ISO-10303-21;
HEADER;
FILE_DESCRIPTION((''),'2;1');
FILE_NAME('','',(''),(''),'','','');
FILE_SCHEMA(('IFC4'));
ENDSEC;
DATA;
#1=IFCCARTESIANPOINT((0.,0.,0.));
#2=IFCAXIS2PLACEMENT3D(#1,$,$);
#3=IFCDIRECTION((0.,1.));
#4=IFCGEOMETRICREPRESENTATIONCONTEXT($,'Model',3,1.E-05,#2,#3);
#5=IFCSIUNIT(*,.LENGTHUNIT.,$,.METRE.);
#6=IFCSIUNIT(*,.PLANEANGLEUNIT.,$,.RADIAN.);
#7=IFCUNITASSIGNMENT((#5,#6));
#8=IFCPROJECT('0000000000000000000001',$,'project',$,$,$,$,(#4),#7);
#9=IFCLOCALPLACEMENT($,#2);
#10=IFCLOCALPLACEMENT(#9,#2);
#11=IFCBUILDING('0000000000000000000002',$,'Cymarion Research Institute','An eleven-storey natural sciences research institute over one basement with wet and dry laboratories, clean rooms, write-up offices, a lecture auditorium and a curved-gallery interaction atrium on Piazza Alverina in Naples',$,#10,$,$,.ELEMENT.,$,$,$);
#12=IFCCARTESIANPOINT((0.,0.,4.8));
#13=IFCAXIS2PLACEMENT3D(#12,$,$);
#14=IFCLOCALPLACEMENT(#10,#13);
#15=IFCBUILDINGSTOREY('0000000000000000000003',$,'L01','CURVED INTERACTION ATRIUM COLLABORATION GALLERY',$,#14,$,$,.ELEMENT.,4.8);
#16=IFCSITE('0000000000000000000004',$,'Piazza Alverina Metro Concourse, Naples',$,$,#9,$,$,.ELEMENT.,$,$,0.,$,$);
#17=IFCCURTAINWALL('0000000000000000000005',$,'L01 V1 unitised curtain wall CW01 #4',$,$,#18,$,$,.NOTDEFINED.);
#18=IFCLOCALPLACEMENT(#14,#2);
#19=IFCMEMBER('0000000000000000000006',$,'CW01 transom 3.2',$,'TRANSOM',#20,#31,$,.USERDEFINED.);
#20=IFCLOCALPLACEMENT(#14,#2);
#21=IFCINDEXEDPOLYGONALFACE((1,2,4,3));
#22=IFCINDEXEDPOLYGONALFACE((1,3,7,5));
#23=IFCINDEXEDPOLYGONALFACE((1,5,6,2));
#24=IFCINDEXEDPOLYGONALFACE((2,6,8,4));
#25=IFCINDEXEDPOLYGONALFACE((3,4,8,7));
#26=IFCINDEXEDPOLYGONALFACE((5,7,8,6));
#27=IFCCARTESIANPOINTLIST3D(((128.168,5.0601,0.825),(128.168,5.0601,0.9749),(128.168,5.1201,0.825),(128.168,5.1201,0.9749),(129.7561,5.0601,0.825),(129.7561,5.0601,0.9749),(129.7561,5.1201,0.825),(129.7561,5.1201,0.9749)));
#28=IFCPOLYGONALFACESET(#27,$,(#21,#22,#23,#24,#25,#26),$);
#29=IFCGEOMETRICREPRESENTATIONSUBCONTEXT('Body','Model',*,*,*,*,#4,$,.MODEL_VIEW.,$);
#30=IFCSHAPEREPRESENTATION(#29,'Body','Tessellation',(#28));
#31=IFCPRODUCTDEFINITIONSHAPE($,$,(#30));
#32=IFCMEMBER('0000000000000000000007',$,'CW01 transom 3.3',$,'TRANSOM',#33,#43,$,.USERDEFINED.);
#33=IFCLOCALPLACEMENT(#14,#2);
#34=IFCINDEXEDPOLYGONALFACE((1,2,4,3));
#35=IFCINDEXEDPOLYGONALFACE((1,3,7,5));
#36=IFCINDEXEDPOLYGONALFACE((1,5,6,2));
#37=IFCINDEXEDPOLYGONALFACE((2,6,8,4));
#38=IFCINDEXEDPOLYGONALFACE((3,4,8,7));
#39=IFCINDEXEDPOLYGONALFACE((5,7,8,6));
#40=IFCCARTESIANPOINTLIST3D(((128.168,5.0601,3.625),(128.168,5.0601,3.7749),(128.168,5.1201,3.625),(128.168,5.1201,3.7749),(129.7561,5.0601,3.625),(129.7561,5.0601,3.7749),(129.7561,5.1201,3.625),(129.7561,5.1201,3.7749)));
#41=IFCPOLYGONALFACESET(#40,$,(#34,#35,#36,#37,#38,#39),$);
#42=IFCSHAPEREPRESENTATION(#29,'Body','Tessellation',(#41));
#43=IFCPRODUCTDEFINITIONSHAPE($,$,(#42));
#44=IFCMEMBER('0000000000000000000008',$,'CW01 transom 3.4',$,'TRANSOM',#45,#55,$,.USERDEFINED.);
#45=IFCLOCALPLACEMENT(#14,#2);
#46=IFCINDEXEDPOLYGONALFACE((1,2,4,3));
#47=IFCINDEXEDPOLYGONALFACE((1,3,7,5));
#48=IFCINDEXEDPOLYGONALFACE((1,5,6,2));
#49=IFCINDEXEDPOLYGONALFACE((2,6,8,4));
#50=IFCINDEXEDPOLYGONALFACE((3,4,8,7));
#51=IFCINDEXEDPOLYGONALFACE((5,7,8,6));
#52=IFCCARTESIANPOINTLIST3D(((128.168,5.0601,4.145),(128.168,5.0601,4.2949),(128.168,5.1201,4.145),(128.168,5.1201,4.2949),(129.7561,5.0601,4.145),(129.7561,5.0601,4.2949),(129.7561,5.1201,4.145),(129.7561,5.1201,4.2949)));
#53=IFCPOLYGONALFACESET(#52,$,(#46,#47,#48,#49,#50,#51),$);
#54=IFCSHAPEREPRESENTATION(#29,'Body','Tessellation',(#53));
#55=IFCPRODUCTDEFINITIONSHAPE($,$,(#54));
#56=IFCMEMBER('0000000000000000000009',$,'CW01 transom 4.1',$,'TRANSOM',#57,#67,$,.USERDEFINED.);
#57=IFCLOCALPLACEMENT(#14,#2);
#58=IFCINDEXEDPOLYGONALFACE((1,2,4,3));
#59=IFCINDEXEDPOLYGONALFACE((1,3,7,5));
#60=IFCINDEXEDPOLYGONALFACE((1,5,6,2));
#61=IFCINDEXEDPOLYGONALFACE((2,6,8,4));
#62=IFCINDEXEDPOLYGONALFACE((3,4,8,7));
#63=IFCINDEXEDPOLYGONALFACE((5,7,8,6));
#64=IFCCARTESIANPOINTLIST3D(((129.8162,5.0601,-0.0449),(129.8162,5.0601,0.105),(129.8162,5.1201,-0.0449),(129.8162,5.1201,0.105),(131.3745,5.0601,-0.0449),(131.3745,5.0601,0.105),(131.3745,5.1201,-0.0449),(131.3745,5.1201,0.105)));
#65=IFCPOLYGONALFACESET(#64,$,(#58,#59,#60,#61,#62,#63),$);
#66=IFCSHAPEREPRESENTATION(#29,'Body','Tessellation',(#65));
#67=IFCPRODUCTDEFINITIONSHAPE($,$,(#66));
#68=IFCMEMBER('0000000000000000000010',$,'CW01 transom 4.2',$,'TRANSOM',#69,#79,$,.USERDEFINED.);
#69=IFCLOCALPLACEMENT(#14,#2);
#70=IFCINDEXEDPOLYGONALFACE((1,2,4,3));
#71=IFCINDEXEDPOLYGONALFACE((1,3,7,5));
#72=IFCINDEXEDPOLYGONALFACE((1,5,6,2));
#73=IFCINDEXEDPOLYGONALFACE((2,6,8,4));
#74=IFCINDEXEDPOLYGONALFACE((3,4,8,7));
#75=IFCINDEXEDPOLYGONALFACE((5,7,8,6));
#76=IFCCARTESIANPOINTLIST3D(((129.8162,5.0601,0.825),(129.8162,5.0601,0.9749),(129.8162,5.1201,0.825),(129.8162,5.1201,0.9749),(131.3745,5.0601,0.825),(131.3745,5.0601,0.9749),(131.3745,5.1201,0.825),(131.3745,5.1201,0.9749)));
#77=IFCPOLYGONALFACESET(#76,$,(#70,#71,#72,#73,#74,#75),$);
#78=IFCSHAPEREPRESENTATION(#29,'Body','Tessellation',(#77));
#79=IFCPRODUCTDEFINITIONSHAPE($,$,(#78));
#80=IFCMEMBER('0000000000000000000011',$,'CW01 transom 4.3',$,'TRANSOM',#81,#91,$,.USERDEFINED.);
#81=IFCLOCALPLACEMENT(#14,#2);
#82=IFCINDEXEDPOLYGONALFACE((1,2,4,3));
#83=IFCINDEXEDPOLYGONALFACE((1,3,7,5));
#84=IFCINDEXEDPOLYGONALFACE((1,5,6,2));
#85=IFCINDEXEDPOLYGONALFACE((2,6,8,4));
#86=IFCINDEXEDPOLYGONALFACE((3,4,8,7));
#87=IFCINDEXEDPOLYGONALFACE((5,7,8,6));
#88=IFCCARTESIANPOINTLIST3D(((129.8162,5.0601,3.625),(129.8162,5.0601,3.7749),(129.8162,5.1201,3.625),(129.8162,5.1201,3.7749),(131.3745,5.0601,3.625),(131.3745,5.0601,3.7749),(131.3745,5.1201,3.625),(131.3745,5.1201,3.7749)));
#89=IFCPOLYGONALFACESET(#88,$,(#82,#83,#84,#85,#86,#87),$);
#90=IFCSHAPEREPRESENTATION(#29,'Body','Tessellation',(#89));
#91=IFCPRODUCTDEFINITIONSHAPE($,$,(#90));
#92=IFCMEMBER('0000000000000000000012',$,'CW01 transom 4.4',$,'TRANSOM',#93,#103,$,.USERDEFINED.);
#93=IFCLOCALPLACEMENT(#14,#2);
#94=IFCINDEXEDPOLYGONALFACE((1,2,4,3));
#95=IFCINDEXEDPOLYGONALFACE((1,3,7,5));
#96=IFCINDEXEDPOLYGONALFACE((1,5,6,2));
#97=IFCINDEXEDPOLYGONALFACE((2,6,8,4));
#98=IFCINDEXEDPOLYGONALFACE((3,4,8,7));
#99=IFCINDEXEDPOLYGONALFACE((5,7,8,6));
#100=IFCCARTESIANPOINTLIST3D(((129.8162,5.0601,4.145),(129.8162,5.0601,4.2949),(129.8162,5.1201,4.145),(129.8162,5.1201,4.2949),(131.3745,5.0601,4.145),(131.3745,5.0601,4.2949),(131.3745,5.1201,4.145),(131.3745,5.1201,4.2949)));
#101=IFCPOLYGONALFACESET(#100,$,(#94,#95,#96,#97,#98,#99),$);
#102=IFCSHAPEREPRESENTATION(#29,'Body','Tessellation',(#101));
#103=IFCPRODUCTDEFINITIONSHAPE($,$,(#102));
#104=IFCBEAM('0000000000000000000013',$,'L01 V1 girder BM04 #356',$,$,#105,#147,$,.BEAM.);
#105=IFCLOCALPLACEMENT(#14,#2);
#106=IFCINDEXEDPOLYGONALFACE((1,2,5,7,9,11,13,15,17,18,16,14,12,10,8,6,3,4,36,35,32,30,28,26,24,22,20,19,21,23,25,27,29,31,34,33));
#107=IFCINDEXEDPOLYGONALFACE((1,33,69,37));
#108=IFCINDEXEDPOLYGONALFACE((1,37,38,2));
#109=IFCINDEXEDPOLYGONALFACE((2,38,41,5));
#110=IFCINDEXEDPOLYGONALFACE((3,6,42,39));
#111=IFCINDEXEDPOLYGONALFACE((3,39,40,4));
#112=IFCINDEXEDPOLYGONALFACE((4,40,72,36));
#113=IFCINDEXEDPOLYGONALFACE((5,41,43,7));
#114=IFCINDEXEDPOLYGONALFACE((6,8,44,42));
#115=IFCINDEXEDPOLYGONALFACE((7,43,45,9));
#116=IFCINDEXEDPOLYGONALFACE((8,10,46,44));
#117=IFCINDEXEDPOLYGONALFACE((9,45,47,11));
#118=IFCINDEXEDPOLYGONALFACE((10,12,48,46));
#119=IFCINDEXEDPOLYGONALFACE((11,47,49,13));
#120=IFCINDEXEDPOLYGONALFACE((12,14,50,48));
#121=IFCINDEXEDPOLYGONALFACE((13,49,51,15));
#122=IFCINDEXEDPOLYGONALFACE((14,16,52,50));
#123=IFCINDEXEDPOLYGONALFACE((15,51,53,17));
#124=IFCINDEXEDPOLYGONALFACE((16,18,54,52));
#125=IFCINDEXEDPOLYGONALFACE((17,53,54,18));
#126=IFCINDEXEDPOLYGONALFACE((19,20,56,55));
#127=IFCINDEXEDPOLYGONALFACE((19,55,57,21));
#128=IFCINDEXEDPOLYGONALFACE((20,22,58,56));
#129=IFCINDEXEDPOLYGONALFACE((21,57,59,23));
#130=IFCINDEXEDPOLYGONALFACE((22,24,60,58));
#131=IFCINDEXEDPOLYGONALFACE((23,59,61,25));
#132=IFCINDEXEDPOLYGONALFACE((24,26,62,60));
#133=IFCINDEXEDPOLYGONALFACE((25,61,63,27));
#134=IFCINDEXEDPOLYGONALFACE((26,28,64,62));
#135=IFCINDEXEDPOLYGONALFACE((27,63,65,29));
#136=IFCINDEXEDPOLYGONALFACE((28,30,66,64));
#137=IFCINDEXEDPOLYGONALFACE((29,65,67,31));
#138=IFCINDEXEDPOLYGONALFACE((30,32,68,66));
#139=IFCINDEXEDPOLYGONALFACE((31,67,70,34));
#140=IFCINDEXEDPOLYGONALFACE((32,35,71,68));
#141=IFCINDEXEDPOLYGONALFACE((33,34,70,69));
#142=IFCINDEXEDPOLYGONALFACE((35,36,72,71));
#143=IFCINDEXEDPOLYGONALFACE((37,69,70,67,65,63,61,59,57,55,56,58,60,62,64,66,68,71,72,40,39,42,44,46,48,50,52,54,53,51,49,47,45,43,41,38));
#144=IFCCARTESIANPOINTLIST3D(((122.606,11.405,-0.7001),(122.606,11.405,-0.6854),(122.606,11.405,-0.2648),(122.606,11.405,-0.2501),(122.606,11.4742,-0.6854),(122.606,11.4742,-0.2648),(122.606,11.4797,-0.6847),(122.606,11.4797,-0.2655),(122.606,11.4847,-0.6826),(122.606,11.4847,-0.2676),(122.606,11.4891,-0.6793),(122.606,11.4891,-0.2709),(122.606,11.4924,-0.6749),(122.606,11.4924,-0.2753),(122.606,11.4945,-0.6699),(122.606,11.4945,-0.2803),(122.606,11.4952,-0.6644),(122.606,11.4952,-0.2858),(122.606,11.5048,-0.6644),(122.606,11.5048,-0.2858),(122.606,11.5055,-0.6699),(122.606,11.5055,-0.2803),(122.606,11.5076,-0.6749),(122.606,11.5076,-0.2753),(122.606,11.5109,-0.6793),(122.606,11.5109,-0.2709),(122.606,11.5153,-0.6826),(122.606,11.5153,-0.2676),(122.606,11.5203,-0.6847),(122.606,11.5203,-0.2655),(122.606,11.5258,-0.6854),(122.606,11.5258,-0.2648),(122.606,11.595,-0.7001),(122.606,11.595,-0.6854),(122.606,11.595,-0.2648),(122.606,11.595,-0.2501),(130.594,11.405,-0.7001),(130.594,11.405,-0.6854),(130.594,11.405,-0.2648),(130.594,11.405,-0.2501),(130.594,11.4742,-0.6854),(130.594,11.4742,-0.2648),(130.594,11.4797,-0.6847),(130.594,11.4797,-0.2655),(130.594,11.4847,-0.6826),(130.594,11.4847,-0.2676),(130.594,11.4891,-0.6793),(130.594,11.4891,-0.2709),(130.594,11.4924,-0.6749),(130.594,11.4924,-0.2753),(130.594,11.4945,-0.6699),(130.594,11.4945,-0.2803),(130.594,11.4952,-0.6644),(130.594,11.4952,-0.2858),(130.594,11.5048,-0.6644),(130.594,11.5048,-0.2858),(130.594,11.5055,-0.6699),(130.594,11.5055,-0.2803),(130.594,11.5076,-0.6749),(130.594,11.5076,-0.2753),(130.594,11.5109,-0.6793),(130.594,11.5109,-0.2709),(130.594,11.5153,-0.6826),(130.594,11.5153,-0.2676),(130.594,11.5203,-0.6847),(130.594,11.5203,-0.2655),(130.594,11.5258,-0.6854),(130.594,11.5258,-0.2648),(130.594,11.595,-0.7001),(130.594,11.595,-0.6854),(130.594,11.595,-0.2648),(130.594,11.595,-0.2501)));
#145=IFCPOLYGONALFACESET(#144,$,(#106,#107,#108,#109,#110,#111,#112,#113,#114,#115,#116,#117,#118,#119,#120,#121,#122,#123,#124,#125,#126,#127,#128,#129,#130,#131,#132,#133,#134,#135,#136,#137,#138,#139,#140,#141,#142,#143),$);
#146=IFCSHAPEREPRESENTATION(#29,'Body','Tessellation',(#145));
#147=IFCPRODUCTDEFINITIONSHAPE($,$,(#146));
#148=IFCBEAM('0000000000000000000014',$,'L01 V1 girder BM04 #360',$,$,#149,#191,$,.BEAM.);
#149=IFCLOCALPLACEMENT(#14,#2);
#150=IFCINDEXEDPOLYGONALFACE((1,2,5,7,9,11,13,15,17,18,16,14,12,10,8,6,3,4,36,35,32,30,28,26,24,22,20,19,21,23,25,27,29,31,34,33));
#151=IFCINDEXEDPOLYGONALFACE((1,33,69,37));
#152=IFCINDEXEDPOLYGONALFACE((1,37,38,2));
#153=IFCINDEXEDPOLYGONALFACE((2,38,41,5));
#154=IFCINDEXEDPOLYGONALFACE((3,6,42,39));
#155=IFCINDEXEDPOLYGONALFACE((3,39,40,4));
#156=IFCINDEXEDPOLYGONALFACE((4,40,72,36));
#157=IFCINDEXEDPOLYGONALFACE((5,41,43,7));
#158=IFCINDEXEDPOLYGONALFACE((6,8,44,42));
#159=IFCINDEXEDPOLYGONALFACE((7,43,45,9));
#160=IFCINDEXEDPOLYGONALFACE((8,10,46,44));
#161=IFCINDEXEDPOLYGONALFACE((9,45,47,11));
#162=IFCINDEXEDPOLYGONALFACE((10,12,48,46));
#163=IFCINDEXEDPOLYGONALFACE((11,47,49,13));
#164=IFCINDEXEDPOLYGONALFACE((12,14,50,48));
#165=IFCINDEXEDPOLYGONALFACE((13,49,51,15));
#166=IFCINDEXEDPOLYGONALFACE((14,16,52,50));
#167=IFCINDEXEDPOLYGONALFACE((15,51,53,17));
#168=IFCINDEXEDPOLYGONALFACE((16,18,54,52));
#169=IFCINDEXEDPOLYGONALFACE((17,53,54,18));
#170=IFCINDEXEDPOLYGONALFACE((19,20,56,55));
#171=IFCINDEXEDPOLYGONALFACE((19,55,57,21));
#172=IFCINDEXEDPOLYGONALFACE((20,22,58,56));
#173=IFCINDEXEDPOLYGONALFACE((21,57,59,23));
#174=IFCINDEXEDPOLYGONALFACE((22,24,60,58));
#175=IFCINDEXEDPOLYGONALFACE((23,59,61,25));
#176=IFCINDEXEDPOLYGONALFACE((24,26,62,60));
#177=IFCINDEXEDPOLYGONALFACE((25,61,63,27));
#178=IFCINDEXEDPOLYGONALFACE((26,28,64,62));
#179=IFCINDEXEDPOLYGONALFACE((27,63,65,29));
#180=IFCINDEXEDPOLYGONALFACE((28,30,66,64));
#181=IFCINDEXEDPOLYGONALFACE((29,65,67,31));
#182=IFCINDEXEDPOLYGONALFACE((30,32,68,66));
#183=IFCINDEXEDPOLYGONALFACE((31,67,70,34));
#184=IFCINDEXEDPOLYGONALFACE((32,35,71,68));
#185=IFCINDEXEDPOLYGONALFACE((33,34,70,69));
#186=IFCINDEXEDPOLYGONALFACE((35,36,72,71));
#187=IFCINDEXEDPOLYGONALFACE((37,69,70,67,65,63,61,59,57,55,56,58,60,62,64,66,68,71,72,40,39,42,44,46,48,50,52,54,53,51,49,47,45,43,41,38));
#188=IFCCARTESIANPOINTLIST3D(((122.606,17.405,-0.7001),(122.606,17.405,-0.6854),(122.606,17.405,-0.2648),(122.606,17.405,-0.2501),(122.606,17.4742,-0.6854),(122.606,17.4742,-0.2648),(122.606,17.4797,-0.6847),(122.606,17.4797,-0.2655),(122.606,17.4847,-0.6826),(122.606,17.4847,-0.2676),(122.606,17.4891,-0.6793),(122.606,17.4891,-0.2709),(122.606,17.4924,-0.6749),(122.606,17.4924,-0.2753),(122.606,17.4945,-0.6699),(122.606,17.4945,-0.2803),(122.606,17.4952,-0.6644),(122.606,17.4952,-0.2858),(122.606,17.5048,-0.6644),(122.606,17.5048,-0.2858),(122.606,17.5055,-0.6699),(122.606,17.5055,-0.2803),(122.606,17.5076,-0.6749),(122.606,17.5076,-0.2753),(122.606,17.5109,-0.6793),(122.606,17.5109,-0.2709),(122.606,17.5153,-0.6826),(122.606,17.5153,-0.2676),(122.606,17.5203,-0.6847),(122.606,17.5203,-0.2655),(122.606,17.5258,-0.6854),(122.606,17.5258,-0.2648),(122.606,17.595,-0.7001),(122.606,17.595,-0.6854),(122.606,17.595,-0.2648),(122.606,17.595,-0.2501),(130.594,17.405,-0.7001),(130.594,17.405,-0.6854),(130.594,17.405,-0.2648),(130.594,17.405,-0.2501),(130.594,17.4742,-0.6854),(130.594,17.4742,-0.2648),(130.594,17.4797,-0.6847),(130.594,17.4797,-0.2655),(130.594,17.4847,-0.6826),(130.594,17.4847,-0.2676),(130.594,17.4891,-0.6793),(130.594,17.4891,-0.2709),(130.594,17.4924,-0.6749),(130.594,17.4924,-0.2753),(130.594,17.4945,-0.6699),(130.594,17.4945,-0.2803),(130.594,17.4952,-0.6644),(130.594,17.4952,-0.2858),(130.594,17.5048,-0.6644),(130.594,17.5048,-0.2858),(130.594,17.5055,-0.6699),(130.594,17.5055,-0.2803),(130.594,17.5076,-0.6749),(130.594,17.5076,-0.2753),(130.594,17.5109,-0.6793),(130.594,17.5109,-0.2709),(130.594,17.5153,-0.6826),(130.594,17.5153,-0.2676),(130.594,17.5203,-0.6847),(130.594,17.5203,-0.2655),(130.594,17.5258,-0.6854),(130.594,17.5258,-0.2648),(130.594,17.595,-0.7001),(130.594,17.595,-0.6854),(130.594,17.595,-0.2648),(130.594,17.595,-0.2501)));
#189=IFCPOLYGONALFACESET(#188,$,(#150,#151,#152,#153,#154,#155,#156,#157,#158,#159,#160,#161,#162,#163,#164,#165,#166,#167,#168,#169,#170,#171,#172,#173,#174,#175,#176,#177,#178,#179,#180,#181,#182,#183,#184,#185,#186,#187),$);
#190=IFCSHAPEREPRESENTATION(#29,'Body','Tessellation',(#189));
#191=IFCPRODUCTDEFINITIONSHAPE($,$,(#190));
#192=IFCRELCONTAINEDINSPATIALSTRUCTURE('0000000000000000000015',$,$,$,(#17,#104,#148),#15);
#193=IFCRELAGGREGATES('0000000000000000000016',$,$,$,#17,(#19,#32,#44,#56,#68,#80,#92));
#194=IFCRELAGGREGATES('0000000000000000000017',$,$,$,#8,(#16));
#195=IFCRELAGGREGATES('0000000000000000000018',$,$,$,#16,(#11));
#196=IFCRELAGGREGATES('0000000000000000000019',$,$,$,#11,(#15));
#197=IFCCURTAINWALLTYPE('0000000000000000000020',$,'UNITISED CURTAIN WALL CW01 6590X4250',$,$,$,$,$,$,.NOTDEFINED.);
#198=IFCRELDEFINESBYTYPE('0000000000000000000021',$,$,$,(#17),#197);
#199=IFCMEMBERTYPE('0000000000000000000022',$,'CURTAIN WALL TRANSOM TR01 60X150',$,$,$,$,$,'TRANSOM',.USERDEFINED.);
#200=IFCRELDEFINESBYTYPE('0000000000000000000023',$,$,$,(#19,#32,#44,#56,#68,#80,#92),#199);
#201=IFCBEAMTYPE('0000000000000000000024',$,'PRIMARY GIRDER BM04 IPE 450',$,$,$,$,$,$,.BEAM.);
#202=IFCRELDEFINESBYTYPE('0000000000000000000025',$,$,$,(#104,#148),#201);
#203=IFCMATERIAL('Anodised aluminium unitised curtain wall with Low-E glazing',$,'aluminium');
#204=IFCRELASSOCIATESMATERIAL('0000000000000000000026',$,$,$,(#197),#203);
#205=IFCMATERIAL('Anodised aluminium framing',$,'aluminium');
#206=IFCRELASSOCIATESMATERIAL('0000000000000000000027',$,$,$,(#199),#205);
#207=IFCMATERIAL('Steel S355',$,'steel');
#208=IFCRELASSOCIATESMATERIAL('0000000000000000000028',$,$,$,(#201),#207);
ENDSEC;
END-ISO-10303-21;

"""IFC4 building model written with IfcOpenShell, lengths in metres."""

from ifc_helpers import new_model, si_unit, direction, frame, origin, origin_2d, place, context, subcontext, project, spatial, rectangle, i_section, extrude, material, material_profile, profile_set, type_object, element, aggregate, save


model = new_model("IFC4")

# Units and contexts
model_context = context("Model", 3, precision=1e-05, world=origin(), true_north=direction((0.0, 1.0)))
body_context = subcontext(model_context, "Body", "Model", "MODEL_VIEW")
ifc_project = project(units=[si_unit("LENGTHUNIT", "METRE"), si_unit("PLANEANGLEUNIT", "RADIAN")], contexts=[model_context])

# Site, building, storey
site_placement = place(None, origin())
site = spatial("IfcSite", under=ifc_project, at=site_placement, Name="Piazza Alverina Metro Concourse, Naples", CompositionType="ELEMENT", RefElevation=0.0)
building_placement = place(site_placement, origin())
building = spatial("IfcBuilding", under=site, at=building_placement, Name="Cymarion Research Institute", Description="An eleven-storey natural sciences research institute over one basement with wet and dry laboratories, clean rooms, write-up offices, a lecture auditorium and a curved-gallery interaction atrium on Piazza Alverina in Naples", CompositionType="ELEMENT")
storey_placement = place(building_placement, frame((0.0, 0.0, 4.8)))
storey = spatial("IfcBuildingStorey", under=building, at=storey_placement, Name="L01", Description="CURVED INTERACTION ATRIUM COLLABORATION GALLERY", CompositionType="ELEMENT", Elevation=4.8)

# Shared definitions
ifc_material_1 = material(Name="Steel S355", Category="steel")

# Curtain wall, members
ifc_material_2 = material(Name="Anodised aluminium unitised curtain wall with Low-E glazing", Category="aluminium")
curtain_wall_type = type_object("IfcCurtainWallType", Name="UNITISED CURTAIN WALL CW01 6590X4250", PredefinedType="NOTDEFINED", material=ifc_material_2)
curtain_wall_placement = place(storey_placement, origin())
curtain_wall = element("IfcCurtainWall", 1, at=curtain_wall_placement, inside=storey, type_object=curtain_wall_type, Name="L01 V1 unitised curtain wall CW01 #4", PredefinedType="NOTDEFINED")
ifc_material_3 = material(Name="Anodised aluminium framing", Category="aluminium")
ifc_material_profile_1 = material_profile(ifc_material_3, rectangle(XDim=0.0601, YDim=0.1499, at=origin_2d()), Name="ALU TRANSOM 60x150")
ifc_profile_set_1 = profile_set([ifc_material_profile_1], Name="Anodised aluminium framing")
member_type_1 = type_object("IfcMemberType", Name="CURTAIN WALL TRANSOM TR01 60X150", ElementType="TRANSOM", PredefinedType="USERDEFINED", material=ifc_profile_set_1)
member_1_placement = place(storey_placement, frame((128.168, 5.0901, 0.8999), z_axis=(1.0, 0.0, 0.0), x_axis=(0.0, 1.0, 0.0)))
member_1 = element("IfcMember", 2, at=member_1_placement, type_object=member_type_1, Name="CW01 transom 3.2", ObjectType="TRANSOM", PredefinedType="USERDEFINED", context=body_context, shape_type="SweptSolid", body=[
    extrude(rectangle(XDim=0.0601, YDim=0.1499, at=origin_2d()), origin(), (0.0, 0.0, 1.0), 1.5881),
])
member_2_placement = place(storey_placement, frame((128.168, 5.0901, 3.7), z_axis=(1.0, 0.0, 0.0), x_axis=(0.0, 1.0, 0.0)))
member_2 = element("IfcMember", 3, at=member_2_placement, type_object=member_type_1, Name="CW01 transom 3.3", ObjectType="TRANSOM", PredefinedType="USERDEFINED", context=body_context, shape_type="SweptSolid", body=[
    extrude(rectangle(XDim=0.0601, YDim=0.1499, at=origin_2d()), origin(), (0.0, 0.0, 1.0), 1.5881),
])
member_3_placement = place(storey_placement, frame((128.168, 5.0901, 4.22), z_axis=(1.0, 0.0, 0.0), x_axis=(0.0, 1.0, 0.0)))
member_3 = element("IfcMember", 4, at=member_3_placement, type_object=member_type_1, Name="CW01 transom 3.4", ObjectType="TRANSOM", PredefinedType="USERDEFINED", context=body_context, shape_type="SweptSolid", body=[
    extrude(rectangle(XDim=0.0601, YDim=0.1499, at=origin_2d()), origin(), (0.0, 0.0, 1.0), 1.5881),
])
member_4_placement = place(storey_placement, frame((129.8162, 5.0901, 0.03), z_axis=(1.0, 0.0, 0.0), x_axis=(0.0, 1.0, 0.0)))
member_4 = element("IfcMember", 5, at=member_4_placement, type_object=member_type_1, Name="CW01 transom 4.1", ObjectType="TRANSOM", PredefinedType="USERDEFINED", context=body_context, shape_type="SweptSolid", body=[
    extrude(rectangle(XDim=0.0601, YDim=0.1499, at=origin_2d()), origin(), (0.0, 0.0, 1.0), 1.5583),
])
member_5_placement = place(storey_placement, frame((129.8162, 5.0901, 0.8999), z_axis=(1.0, 0.0, 0.0), x_axis=(0.0, 1.0, 0.0)))
member_5 = element("IfcMember", 6, at=member_5_placement, type_object=member_type_1, Name="CW01 transom 4.2", ObjectType="TRANSOM", PredefinedType="USERDEFINED", context=body_context, shape_type="SweptSolid", body=[
    extrude(rectangle(XDim=0.0601, YDim=0.1499, at=origin_2d()), origin(), (0.0, 0.0, 1.0), 1.5583),
])
member_6_placement = place(storey_placement, frame((129.8162, 5.0901, 3.7), z_axis=(1.0, 0.0, 0.0), x_axis=(0.0, 1.0, 0.0)))
member_6 = element("IfcMember", 7, at=member_6_placement, type_object=member_type_1, Name="CW01 transom 4.3", ObjectType="TRANSOM", PredefinedType="USERDEFINED", context=body_context, shape_type="SweptSolid", body=[
    extrude(rectangle(XDim=0.0601, YDim=0.1499, at=origin_2d()), origin(), (0.0, 0.0, 1.0), 1.5583),
])
member_7_placement = place(storey_placement, frame((129.8162, 5.0901, 4.22), z_axis=(1.0, 0.0, 0.0), x_axis=(0.0, 1.0, 0.0)))
member_7 = element("IfcMember", 8, at=member_7_placement, type_object=member_type_1, Name="CW01 transom 4.4", ObjectType="TRANSOM", PredefinedType="USERDEFINED", context=body_context, shape_type="SweptSolid", body=[
    extrude(rectangle(XDim=0.0601, YDim=0.1499, at=origin_2d()), origin(), (0.0, 0.0, 1.0), 1.5583),
])

# Beams
ifc_material_profile_2 = material_profile(ifc_material_1, i_section(OverallWidth=0.1899, OverallDepth=0.45, WebThickness=0.0095, FlangeThickness=0.0146, FilletRadius=0.021, at=origin_2d()), Name="IPE 450")
ifc_profile_set_2 = profile_set([ifc_material_profile_2], Name="Steel S355")
beam_type_1 = type_object("IfcBeamType", Name="PRIMARY GIRDER BM04 IPE 450", PredefinedType="BEAM", material=ifc_profile_set_2)
for number, where, z_axis, x_axis, name in (
    (9, (122.606, 11.5, -0.4751), (1.0, 0.0, 0.0), (0.0, 1.0, 0.0), "L01 V1 girder BM04 #356"),
    (10, (122.606, 17.5, -0.4751), (1.0, 0.0, 0.0), (0.0, 1.0, 0.0), "L01 V1 girder BM04 #360"),
):
    element("IfcBeam", number, at=place(storey_placement, frame(where, z_axis=z_axis, x_axis=x_axis)), inside=storey, type_object=beam_type_1, Name=name, PredefinedType="BEAM", context=body_context, shape_type="SweptSolid", body=[
        extrude(i_section(OverallWidth=0.1899, OverallDepth=0.45, WebThickness=0.0095, FlangeThickness=0.0146, FilletRadius=0.021, at=origin_2d()), origin(), (0.0, 0.0, 1.0), 7.988),
    ])

aggregate(curtain_wall, [member_1, member_2, member_3, member_4, member_5, member_6, member_7])

save(model, "model.ifc")
